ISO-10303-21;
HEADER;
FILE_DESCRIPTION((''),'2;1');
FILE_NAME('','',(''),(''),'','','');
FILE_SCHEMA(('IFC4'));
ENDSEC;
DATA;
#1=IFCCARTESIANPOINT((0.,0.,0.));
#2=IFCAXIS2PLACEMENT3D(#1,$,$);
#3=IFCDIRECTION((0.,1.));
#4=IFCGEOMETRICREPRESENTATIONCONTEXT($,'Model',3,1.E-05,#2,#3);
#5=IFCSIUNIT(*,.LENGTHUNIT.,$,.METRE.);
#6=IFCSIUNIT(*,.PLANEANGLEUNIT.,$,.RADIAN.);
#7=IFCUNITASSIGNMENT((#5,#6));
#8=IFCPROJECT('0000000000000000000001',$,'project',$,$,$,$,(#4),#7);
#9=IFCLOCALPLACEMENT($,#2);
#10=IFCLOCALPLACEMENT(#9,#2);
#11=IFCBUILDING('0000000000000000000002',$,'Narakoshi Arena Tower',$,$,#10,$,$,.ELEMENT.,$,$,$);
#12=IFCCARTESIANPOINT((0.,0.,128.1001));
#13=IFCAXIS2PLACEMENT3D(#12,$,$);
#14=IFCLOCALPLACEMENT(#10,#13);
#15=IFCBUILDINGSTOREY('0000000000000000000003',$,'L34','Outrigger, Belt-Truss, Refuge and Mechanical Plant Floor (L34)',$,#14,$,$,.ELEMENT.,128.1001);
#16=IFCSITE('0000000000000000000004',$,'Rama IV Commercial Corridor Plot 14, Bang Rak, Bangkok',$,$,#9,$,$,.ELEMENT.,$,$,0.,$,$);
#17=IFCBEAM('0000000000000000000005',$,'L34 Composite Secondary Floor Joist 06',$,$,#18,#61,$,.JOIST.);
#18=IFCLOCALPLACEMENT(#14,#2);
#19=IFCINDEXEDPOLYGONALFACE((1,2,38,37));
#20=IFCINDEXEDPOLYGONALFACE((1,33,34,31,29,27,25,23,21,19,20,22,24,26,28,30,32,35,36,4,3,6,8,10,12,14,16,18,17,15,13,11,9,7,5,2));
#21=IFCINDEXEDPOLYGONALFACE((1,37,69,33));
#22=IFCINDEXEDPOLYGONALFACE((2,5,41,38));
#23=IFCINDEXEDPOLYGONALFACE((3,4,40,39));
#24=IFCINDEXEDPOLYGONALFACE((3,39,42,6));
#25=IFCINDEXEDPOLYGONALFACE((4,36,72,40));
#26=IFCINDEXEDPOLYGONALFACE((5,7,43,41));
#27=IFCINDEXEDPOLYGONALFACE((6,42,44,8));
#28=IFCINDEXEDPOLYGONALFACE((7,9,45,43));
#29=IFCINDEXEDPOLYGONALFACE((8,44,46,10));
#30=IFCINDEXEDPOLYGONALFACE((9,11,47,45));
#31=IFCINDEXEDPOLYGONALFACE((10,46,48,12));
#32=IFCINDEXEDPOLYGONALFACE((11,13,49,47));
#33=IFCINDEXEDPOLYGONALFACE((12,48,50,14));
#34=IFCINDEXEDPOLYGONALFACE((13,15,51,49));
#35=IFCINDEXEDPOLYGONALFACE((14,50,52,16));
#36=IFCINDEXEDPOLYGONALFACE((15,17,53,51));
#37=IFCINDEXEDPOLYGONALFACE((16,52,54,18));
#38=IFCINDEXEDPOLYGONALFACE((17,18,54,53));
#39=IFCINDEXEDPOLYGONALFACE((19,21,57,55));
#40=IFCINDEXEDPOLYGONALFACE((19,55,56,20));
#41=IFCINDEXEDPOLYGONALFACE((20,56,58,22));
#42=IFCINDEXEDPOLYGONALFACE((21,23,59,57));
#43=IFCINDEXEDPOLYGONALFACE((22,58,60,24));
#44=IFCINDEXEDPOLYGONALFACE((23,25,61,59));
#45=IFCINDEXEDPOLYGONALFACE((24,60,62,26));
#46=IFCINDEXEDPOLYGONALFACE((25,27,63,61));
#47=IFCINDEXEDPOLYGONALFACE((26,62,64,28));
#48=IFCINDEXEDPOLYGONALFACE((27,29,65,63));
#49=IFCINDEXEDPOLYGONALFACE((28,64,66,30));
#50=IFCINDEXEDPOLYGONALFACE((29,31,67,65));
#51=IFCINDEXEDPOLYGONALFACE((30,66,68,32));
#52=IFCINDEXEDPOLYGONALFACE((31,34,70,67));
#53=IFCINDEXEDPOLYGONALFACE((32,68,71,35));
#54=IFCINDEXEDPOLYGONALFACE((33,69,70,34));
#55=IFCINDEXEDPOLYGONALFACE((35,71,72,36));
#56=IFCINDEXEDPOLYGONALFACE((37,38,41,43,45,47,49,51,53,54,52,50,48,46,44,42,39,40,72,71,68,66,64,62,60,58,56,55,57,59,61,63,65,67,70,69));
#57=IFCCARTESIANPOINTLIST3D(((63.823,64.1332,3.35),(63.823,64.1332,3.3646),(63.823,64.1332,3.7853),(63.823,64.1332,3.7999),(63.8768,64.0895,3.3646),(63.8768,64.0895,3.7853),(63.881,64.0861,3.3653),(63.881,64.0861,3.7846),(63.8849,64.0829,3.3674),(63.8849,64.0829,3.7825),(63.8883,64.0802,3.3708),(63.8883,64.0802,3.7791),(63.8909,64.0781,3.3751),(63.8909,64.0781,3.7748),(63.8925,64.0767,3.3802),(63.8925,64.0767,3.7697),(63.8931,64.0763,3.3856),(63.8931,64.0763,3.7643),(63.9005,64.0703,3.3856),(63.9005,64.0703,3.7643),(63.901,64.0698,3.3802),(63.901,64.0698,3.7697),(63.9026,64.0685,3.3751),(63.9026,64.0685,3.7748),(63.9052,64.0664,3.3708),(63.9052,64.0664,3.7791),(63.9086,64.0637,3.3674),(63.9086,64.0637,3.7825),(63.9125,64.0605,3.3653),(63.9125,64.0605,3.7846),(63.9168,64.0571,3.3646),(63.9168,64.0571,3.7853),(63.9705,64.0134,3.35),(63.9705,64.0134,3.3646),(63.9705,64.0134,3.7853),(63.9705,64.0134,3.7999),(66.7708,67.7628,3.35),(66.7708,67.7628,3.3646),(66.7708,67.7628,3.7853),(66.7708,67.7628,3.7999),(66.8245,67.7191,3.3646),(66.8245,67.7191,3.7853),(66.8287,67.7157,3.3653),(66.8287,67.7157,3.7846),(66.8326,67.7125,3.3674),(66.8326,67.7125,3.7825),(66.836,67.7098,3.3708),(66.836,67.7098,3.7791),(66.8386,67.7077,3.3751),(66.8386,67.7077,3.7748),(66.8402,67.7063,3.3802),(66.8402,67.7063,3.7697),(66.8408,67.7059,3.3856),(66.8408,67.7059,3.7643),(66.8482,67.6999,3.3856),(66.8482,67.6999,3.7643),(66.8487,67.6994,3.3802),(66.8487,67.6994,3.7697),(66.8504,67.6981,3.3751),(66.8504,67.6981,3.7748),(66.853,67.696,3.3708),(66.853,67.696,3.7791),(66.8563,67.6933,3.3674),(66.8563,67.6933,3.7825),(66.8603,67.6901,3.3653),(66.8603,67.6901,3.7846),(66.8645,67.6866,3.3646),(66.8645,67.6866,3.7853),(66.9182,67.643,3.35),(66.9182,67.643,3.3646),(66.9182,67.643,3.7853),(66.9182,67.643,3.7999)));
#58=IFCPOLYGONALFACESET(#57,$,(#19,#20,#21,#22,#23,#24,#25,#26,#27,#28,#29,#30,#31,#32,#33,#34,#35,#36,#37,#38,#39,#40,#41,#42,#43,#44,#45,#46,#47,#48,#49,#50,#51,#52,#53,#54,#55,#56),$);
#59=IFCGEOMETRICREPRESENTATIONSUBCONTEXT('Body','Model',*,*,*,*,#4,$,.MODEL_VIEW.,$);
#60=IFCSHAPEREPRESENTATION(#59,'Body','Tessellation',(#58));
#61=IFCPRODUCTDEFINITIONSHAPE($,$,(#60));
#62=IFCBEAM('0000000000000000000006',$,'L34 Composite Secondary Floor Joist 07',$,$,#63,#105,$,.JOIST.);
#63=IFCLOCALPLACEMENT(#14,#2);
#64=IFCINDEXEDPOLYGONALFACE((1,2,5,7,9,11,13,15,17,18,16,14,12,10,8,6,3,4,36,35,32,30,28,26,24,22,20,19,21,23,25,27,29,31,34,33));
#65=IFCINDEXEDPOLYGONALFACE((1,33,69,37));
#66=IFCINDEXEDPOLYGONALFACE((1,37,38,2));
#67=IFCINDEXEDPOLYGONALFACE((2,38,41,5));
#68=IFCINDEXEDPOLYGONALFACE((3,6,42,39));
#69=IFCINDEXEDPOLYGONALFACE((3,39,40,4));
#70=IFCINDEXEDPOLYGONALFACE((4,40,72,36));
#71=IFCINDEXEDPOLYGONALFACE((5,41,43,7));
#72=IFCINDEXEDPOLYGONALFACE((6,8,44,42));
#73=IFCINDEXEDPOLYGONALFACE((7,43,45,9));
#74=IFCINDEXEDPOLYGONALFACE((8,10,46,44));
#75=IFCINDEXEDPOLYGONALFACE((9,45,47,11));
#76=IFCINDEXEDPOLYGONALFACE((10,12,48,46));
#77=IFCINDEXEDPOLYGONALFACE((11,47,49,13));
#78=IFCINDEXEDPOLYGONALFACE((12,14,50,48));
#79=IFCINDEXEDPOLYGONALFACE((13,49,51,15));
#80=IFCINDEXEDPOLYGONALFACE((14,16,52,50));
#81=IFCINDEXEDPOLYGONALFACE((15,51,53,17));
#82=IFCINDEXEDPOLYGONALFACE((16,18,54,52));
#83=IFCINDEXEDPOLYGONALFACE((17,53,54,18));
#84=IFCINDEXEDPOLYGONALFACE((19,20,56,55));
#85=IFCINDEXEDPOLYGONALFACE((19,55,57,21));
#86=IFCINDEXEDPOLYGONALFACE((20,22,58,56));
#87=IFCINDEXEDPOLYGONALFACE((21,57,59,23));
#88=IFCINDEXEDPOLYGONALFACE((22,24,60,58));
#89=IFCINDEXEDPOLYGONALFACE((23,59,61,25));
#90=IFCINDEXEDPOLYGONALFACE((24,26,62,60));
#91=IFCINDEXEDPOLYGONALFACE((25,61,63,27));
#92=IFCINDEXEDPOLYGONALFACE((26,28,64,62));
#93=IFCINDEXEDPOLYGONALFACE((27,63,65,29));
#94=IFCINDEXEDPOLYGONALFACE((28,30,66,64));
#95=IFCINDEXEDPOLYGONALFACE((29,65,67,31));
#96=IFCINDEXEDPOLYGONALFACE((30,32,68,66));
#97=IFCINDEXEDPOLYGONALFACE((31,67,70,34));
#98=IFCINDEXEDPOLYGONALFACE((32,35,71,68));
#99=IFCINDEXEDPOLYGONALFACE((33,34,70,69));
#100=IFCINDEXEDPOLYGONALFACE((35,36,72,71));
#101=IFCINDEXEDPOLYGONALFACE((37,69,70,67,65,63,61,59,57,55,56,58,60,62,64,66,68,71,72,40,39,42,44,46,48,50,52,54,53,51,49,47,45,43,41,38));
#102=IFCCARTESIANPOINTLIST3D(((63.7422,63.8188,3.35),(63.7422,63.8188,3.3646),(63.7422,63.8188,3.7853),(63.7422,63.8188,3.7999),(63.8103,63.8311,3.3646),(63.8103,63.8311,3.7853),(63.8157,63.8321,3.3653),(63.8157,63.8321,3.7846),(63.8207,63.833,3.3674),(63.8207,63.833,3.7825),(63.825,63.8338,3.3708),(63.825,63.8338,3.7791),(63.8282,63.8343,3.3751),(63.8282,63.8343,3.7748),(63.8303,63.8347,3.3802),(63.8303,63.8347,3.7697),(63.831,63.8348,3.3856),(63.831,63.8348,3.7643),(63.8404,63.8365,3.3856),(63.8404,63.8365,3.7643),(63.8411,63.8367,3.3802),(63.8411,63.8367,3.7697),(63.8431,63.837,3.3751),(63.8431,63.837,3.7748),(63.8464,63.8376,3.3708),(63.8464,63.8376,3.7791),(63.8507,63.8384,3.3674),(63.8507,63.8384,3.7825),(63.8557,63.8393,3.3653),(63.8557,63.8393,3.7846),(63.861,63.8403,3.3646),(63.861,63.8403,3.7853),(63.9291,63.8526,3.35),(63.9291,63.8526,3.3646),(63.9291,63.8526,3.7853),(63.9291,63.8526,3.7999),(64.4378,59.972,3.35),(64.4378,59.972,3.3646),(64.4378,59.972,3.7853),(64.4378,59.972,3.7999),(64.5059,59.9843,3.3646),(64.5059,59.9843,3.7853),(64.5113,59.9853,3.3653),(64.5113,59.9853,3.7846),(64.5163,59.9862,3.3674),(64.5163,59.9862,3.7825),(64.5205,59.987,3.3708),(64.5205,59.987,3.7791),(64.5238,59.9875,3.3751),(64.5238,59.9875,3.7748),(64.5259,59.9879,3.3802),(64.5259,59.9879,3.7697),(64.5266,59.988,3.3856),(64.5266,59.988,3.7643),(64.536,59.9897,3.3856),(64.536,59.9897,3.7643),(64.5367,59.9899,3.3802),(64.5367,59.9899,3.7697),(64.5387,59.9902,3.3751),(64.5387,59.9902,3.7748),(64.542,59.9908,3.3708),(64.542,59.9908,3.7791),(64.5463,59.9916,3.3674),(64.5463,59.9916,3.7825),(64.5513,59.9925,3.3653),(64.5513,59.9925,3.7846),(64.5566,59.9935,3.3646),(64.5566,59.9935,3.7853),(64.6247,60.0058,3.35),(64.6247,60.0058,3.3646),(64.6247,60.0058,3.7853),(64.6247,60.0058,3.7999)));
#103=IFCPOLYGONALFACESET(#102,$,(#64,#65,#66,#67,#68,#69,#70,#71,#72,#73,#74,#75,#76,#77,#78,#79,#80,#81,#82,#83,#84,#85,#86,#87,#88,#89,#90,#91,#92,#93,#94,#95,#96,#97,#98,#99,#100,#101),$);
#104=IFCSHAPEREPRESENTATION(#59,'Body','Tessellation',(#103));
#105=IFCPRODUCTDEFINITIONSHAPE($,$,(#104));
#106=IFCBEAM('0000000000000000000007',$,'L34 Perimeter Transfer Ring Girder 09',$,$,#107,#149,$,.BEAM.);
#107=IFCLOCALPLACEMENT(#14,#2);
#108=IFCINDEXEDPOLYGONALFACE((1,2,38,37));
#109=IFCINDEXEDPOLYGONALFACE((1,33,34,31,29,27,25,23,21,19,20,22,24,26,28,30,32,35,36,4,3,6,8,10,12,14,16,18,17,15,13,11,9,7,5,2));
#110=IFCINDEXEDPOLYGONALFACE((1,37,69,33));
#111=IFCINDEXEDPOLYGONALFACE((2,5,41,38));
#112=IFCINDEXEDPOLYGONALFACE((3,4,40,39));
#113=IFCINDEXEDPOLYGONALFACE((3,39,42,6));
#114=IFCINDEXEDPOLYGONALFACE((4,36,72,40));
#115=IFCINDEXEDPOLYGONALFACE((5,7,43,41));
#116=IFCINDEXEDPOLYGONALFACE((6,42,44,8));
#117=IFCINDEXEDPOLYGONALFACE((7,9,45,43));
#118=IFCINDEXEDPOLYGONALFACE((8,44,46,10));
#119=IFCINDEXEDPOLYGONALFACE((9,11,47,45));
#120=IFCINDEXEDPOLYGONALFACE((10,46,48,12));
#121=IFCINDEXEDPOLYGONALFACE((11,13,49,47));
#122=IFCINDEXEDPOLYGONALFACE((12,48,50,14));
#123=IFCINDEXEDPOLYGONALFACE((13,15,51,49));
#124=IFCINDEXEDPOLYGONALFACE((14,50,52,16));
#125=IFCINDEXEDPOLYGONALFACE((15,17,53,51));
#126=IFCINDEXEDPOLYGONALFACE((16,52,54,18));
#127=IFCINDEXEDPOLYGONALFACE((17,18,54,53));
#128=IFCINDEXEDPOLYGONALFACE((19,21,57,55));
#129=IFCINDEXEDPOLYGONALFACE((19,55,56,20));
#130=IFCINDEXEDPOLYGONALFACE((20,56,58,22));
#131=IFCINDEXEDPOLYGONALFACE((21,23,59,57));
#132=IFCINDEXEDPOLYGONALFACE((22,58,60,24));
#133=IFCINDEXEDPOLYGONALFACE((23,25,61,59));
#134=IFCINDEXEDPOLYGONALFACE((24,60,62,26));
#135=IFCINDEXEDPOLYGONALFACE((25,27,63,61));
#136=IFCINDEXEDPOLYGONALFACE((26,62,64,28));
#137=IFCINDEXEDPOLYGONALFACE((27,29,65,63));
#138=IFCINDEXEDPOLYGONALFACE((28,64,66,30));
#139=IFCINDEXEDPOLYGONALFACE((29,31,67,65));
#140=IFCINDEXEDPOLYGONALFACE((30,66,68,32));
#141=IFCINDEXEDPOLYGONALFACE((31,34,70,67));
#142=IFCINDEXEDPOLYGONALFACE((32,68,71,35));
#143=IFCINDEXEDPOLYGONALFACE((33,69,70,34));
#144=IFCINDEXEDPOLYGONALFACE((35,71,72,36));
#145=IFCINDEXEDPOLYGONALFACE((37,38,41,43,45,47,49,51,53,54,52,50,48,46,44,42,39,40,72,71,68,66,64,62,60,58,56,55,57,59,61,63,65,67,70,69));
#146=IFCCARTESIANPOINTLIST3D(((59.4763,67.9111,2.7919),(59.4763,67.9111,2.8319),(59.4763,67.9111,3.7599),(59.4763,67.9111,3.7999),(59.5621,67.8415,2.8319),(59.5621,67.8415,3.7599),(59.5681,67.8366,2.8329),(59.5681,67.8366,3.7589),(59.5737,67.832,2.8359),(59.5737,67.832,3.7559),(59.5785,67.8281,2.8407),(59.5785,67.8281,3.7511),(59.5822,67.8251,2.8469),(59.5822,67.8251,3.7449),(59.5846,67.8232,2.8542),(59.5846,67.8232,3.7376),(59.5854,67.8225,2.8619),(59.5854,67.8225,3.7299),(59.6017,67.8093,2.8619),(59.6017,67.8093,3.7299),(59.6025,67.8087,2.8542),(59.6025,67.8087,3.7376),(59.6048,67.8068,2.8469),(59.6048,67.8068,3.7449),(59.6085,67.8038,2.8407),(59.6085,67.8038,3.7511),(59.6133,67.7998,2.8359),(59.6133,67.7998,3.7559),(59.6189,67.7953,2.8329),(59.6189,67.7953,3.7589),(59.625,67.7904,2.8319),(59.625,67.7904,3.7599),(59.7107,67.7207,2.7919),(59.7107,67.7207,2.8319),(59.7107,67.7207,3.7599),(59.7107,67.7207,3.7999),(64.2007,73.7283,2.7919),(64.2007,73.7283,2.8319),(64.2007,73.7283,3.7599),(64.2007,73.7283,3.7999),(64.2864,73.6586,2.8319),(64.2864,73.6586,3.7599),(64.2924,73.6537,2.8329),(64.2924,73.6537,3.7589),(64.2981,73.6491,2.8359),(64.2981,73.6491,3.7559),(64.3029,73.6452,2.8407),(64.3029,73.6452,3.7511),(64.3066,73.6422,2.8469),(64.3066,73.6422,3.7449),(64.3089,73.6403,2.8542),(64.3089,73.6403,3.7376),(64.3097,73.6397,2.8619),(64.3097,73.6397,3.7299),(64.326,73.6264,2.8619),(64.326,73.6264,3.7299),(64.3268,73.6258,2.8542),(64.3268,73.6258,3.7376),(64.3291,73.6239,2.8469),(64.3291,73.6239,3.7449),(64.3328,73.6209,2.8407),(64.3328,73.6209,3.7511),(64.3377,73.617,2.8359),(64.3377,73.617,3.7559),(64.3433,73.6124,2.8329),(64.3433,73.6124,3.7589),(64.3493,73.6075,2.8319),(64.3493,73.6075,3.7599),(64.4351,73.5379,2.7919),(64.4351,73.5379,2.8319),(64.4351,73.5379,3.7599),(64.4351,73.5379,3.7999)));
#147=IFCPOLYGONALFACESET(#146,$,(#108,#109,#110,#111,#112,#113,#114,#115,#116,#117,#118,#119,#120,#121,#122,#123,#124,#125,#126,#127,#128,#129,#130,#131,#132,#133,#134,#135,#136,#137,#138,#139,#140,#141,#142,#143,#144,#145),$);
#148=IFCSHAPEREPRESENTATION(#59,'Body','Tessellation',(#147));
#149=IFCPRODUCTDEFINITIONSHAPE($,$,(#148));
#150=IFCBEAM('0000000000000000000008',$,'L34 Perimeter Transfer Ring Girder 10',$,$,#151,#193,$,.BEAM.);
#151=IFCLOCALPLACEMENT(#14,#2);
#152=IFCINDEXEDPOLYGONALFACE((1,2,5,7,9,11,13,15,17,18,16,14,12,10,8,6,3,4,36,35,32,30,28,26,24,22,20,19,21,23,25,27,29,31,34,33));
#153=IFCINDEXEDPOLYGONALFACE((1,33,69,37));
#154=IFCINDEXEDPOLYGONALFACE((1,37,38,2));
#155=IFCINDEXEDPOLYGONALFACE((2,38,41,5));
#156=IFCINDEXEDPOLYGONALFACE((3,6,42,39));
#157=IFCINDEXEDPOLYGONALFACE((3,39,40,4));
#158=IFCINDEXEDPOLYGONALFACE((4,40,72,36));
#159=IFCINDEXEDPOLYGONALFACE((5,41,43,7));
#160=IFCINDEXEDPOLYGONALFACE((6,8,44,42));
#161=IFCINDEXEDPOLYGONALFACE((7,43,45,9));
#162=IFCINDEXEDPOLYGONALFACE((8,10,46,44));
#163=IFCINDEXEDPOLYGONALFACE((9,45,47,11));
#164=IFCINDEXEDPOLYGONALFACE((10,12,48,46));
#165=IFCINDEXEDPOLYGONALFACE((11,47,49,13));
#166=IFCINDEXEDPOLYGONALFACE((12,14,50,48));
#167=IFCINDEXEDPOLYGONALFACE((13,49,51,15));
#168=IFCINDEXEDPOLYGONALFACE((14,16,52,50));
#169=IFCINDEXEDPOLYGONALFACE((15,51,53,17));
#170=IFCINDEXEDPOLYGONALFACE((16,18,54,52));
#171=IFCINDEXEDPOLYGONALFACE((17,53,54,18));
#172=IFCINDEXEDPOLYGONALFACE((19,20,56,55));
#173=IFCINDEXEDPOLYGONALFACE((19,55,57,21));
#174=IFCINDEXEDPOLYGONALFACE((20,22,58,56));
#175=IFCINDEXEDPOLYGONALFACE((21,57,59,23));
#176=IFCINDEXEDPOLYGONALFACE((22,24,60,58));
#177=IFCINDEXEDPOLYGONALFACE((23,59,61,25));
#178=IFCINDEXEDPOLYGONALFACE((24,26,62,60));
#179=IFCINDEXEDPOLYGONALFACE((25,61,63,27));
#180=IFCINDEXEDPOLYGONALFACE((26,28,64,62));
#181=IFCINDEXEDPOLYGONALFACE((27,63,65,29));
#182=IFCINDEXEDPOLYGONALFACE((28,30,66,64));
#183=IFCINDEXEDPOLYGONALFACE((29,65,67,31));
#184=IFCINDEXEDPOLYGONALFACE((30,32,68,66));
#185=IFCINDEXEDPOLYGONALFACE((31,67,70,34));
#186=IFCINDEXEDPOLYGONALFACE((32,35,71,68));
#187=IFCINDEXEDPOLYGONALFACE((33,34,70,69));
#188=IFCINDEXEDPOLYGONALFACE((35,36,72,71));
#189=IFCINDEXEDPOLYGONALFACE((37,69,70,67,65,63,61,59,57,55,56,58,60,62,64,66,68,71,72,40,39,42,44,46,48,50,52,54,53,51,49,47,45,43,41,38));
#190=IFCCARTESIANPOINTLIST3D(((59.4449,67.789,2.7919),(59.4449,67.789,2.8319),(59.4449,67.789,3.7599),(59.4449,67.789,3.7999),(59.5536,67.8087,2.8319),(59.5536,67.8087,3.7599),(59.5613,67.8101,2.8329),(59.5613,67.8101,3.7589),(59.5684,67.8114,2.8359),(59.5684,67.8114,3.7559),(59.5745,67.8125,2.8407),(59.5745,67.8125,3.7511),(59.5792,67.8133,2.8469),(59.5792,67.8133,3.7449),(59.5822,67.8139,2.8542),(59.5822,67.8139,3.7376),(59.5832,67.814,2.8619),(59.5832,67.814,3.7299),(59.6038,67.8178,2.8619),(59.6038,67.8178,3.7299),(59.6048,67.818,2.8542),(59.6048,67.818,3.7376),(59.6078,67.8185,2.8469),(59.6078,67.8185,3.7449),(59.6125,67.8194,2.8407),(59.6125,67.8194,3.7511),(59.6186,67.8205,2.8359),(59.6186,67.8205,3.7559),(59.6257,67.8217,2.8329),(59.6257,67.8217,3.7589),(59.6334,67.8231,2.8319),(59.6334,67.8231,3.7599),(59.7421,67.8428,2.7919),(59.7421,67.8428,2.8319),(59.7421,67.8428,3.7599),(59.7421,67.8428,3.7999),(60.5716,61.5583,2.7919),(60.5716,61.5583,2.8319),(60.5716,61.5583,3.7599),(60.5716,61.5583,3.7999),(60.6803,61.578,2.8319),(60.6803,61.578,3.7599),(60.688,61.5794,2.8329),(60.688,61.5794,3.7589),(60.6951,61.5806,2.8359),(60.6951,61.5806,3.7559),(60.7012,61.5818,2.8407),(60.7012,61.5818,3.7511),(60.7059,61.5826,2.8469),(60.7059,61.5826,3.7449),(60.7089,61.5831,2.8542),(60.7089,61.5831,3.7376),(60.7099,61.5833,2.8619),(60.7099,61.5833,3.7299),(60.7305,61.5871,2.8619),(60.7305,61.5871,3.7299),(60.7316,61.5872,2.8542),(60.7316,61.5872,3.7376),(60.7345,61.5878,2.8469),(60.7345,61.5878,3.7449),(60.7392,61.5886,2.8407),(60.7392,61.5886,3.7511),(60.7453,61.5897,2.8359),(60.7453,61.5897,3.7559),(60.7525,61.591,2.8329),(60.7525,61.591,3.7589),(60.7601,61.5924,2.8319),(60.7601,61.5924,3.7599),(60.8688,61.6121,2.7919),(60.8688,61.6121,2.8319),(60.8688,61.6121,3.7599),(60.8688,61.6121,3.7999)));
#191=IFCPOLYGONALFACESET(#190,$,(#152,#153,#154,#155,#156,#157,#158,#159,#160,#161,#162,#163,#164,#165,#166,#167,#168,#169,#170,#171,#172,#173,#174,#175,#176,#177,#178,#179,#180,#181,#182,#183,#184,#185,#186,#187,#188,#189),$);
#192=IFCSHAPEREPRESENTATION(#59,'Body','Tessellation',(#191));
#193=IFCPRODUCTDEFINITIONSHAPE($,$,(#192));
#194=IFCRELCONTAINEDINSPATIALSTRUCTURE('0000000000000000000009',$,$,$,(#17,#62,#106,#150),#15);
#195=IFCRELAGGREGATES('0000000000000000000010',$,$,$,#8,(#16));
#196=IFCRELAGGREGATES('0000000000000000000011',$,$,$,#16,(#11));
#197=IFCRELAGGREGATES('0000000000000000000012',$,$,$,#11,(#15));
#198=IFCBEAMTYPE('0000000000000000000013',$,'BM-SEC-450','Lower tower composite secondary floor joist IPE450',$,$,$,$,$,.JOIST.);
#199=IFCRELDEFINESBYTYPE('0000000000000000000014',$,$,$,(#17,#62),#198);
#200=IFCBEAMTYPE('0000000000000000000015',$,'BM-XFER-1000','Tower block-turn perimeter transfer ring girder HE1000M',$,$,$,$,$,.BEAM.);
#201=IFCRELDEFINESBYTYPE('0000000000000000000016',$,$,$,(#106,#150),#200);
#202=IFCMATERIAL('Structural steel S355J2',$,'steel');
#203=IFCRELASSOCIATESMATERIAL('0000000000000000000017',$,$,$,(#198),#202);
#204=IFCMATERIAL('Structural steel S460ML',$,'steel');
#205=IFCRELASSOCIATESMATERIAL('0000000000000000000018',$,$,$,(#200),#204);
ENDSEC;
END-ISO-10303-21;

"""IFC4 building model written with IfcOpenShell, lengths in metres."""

from ifc_helpers import new_model, si_unit, direction, frame, origin, origin_2d, place, context, subcontext, project, spatial, i_section, extrude, material, material_profile, profile_set, type_object, element, save


model = new_model("IFC4")

# Units and contexts
model_context = context("Model", 3, precision=1e-05, world=origin(), true_north=direction((0.0, 1.0)))
body_context = subcontext(model_context, "Body", "Model", "MODEL_VIEW")
ifc_project = project(units=[si_unit("LENGTHUNIT", "METRE"), si_unit("PLANEANGLEUNIT", "RADIAN")], contexts=[model_context])

# Site, building, storey
site_placement = place(None, origin())
site = spatial("IfcSite", under=ifc_project, at=site_placement, Name="Rama IV Commercial Corridor Plot 14, Bang Rak, Bangkok", CompositionType="ELEMENT", RefElevation=0.0)
building_placement = place(site_placement, origin())
building = spatial("IfcBuilding", under=site, at=building_placement, Name="Narakoshi Arena Tower", CompositionType="ELEMENT")
storey_placement = place(building_placement, frame((0.0, 0.0, 128.1001)))
storey = spatial("IfcBuildingStorey", under=building, at=storey_placement, Name="L34", Description="Outrigger, Belt-Truss, Refuge and Mechanical Plant Floor (L34)", CompositionType="ELEMENT", Elevation=128.1001)

# Shared definitions
ifc_material_1 = material(Name="Structural steel S460ML", Category="steel")

# Beams
ifc_material_2 = material(Name="Structural steel S355J2", Category="steel")
ifc_material_profile_1 = material_profile(ifc_material_2, i_section(OverallWidth=0.1899, OverallDepth=0.45, WebThickness=0.0095, FlangeThickness=0.0146, FilletRadius=0.021, at=origin_2d()), Name="IPE450")
ifc_profile_set_1 = profile_set([ifc_material_profile_1], Name="Structural steel S355J2")
beam_type_1 = type_object("IfcBeamType", Name="BM-SEC-450", Description="Lower tower composite secondary floor joist IPE450", PredefinedType="JOIST", material=ifc_profile_set_1)
beam_1_placement = place(storey_placement, frame((66.8445, 67.7029, 3.575), z_axis=(-0.630422, -0.776253, 0.0), x_axis=(0.776253, -0.630422, 0.0)))
element("IfcBeam", 1, at=beam_1_placement, inside=storey, type_object=beam_type_1, Name="L34 Composite Secondary Floor Joist 06", PredefinedType="JOIST", context=body_context, shape_type="SweptSolid", body=[
    extrude(i_section(OverallWidth=0.1899, OverallDepth=0.45, WebThickness=0.0095, FlangeThickness=0.0146, FilletRadius=0.021, at=origin_2d()), origin(), (0.0, 0.0, 1.0), 4.6758),
])
beam_2_placement = place(storey_placement, frame((63.8357, 63.8357, 3.575), z_axis=(0.177935, -0.984042, 0.0), x_axis=(0.984042, 0.177935, 0.0)))
element("IfcBeam", 2, at=beam_2_placement, inside=storey, type_object=beam_type_1, Name="L34 Composite Secondary Floor Joist 07", PredefinedType="JOIST", context=body_context, shape_type="SweptSolid", body=[
    extrude(i_section(OverallWidth=0.1899, OverallDepth=0.45, WebThickness=0.0095, FlangeThickness=0.0146, FilletRadius=0.021, at=origin_2d()), origin(), (0.0, 0.0, 1.0), 3.9092),
])
ifc_material_profile_2 = material_profile(ifc_material_1, i_section(OverallWidth=0.302, OverallDepth=1.0081, WebThickness=0.021, FlangeThickness=0.04, FilletRadius=0.03, at=origin_2d()), Name="HE1000M")
ifc_profile_set_2 = profile_set([ifc_material_profile_2], Name="Structural steel S460ML")
beam_type_2 = type_object("IfcBeamType", Name="BM-XFER-1000", Description="Tower block-turn perimeter transfer ring girder HE1000M", PredefinedType="BEAM", material=ifc_profile_set_2)
beam_3_placement = place(storey_placement, frame((64.3179, 73.6331, 3.2959), z_axis=(-0.630427, -0.776249, 0.0), x_axis=(0.776249, -0.630427, 0.0)))
element("IfcBeam", 3, at=beam_3_placement, inside=storey, type_object=beam_type_2, Name="L34 Perimeter Transfer Ring Girder 09", PredefinedType="BEAM", context=body_context, shape_type="SweptSolid", body=[
    extrude(i_section(OverallWidth=0.302, OverallDepth=1.0081, WebThickness=0.021, FlangeThickness=0.04, FilletRadius=0.03, at=origin_2d()), origin(), (0.0, 0.0, 1.0), 7.4939),
])
beam_4_placement = place(storey_placement, frame((59.5935, 67.8159, 3.2959), z_axis=(0.177945, -0.98404, 0.0), x_axis=(0.98404, 0.177945, 0.0)))
element("IfcBeam", 4, at=beam_4_placement, inside=storey, type_object=beam_type_2, Name="L34 Perimeter Transfer Ring Girder 10", PredefinedType="BEAM", context=body_context, shape_type="SweptSolid", body=[
    extrude(i_section(OverallWidth=0.302, OverallDepth=1.0081, WebThickness=0.021, FlangeThickness=0.04, FilletRadius=0.03, at=origin_2d()), origin(), (0.0, 0.0, 1.0), 6.3318),
])

save(model, "model.ifc")
